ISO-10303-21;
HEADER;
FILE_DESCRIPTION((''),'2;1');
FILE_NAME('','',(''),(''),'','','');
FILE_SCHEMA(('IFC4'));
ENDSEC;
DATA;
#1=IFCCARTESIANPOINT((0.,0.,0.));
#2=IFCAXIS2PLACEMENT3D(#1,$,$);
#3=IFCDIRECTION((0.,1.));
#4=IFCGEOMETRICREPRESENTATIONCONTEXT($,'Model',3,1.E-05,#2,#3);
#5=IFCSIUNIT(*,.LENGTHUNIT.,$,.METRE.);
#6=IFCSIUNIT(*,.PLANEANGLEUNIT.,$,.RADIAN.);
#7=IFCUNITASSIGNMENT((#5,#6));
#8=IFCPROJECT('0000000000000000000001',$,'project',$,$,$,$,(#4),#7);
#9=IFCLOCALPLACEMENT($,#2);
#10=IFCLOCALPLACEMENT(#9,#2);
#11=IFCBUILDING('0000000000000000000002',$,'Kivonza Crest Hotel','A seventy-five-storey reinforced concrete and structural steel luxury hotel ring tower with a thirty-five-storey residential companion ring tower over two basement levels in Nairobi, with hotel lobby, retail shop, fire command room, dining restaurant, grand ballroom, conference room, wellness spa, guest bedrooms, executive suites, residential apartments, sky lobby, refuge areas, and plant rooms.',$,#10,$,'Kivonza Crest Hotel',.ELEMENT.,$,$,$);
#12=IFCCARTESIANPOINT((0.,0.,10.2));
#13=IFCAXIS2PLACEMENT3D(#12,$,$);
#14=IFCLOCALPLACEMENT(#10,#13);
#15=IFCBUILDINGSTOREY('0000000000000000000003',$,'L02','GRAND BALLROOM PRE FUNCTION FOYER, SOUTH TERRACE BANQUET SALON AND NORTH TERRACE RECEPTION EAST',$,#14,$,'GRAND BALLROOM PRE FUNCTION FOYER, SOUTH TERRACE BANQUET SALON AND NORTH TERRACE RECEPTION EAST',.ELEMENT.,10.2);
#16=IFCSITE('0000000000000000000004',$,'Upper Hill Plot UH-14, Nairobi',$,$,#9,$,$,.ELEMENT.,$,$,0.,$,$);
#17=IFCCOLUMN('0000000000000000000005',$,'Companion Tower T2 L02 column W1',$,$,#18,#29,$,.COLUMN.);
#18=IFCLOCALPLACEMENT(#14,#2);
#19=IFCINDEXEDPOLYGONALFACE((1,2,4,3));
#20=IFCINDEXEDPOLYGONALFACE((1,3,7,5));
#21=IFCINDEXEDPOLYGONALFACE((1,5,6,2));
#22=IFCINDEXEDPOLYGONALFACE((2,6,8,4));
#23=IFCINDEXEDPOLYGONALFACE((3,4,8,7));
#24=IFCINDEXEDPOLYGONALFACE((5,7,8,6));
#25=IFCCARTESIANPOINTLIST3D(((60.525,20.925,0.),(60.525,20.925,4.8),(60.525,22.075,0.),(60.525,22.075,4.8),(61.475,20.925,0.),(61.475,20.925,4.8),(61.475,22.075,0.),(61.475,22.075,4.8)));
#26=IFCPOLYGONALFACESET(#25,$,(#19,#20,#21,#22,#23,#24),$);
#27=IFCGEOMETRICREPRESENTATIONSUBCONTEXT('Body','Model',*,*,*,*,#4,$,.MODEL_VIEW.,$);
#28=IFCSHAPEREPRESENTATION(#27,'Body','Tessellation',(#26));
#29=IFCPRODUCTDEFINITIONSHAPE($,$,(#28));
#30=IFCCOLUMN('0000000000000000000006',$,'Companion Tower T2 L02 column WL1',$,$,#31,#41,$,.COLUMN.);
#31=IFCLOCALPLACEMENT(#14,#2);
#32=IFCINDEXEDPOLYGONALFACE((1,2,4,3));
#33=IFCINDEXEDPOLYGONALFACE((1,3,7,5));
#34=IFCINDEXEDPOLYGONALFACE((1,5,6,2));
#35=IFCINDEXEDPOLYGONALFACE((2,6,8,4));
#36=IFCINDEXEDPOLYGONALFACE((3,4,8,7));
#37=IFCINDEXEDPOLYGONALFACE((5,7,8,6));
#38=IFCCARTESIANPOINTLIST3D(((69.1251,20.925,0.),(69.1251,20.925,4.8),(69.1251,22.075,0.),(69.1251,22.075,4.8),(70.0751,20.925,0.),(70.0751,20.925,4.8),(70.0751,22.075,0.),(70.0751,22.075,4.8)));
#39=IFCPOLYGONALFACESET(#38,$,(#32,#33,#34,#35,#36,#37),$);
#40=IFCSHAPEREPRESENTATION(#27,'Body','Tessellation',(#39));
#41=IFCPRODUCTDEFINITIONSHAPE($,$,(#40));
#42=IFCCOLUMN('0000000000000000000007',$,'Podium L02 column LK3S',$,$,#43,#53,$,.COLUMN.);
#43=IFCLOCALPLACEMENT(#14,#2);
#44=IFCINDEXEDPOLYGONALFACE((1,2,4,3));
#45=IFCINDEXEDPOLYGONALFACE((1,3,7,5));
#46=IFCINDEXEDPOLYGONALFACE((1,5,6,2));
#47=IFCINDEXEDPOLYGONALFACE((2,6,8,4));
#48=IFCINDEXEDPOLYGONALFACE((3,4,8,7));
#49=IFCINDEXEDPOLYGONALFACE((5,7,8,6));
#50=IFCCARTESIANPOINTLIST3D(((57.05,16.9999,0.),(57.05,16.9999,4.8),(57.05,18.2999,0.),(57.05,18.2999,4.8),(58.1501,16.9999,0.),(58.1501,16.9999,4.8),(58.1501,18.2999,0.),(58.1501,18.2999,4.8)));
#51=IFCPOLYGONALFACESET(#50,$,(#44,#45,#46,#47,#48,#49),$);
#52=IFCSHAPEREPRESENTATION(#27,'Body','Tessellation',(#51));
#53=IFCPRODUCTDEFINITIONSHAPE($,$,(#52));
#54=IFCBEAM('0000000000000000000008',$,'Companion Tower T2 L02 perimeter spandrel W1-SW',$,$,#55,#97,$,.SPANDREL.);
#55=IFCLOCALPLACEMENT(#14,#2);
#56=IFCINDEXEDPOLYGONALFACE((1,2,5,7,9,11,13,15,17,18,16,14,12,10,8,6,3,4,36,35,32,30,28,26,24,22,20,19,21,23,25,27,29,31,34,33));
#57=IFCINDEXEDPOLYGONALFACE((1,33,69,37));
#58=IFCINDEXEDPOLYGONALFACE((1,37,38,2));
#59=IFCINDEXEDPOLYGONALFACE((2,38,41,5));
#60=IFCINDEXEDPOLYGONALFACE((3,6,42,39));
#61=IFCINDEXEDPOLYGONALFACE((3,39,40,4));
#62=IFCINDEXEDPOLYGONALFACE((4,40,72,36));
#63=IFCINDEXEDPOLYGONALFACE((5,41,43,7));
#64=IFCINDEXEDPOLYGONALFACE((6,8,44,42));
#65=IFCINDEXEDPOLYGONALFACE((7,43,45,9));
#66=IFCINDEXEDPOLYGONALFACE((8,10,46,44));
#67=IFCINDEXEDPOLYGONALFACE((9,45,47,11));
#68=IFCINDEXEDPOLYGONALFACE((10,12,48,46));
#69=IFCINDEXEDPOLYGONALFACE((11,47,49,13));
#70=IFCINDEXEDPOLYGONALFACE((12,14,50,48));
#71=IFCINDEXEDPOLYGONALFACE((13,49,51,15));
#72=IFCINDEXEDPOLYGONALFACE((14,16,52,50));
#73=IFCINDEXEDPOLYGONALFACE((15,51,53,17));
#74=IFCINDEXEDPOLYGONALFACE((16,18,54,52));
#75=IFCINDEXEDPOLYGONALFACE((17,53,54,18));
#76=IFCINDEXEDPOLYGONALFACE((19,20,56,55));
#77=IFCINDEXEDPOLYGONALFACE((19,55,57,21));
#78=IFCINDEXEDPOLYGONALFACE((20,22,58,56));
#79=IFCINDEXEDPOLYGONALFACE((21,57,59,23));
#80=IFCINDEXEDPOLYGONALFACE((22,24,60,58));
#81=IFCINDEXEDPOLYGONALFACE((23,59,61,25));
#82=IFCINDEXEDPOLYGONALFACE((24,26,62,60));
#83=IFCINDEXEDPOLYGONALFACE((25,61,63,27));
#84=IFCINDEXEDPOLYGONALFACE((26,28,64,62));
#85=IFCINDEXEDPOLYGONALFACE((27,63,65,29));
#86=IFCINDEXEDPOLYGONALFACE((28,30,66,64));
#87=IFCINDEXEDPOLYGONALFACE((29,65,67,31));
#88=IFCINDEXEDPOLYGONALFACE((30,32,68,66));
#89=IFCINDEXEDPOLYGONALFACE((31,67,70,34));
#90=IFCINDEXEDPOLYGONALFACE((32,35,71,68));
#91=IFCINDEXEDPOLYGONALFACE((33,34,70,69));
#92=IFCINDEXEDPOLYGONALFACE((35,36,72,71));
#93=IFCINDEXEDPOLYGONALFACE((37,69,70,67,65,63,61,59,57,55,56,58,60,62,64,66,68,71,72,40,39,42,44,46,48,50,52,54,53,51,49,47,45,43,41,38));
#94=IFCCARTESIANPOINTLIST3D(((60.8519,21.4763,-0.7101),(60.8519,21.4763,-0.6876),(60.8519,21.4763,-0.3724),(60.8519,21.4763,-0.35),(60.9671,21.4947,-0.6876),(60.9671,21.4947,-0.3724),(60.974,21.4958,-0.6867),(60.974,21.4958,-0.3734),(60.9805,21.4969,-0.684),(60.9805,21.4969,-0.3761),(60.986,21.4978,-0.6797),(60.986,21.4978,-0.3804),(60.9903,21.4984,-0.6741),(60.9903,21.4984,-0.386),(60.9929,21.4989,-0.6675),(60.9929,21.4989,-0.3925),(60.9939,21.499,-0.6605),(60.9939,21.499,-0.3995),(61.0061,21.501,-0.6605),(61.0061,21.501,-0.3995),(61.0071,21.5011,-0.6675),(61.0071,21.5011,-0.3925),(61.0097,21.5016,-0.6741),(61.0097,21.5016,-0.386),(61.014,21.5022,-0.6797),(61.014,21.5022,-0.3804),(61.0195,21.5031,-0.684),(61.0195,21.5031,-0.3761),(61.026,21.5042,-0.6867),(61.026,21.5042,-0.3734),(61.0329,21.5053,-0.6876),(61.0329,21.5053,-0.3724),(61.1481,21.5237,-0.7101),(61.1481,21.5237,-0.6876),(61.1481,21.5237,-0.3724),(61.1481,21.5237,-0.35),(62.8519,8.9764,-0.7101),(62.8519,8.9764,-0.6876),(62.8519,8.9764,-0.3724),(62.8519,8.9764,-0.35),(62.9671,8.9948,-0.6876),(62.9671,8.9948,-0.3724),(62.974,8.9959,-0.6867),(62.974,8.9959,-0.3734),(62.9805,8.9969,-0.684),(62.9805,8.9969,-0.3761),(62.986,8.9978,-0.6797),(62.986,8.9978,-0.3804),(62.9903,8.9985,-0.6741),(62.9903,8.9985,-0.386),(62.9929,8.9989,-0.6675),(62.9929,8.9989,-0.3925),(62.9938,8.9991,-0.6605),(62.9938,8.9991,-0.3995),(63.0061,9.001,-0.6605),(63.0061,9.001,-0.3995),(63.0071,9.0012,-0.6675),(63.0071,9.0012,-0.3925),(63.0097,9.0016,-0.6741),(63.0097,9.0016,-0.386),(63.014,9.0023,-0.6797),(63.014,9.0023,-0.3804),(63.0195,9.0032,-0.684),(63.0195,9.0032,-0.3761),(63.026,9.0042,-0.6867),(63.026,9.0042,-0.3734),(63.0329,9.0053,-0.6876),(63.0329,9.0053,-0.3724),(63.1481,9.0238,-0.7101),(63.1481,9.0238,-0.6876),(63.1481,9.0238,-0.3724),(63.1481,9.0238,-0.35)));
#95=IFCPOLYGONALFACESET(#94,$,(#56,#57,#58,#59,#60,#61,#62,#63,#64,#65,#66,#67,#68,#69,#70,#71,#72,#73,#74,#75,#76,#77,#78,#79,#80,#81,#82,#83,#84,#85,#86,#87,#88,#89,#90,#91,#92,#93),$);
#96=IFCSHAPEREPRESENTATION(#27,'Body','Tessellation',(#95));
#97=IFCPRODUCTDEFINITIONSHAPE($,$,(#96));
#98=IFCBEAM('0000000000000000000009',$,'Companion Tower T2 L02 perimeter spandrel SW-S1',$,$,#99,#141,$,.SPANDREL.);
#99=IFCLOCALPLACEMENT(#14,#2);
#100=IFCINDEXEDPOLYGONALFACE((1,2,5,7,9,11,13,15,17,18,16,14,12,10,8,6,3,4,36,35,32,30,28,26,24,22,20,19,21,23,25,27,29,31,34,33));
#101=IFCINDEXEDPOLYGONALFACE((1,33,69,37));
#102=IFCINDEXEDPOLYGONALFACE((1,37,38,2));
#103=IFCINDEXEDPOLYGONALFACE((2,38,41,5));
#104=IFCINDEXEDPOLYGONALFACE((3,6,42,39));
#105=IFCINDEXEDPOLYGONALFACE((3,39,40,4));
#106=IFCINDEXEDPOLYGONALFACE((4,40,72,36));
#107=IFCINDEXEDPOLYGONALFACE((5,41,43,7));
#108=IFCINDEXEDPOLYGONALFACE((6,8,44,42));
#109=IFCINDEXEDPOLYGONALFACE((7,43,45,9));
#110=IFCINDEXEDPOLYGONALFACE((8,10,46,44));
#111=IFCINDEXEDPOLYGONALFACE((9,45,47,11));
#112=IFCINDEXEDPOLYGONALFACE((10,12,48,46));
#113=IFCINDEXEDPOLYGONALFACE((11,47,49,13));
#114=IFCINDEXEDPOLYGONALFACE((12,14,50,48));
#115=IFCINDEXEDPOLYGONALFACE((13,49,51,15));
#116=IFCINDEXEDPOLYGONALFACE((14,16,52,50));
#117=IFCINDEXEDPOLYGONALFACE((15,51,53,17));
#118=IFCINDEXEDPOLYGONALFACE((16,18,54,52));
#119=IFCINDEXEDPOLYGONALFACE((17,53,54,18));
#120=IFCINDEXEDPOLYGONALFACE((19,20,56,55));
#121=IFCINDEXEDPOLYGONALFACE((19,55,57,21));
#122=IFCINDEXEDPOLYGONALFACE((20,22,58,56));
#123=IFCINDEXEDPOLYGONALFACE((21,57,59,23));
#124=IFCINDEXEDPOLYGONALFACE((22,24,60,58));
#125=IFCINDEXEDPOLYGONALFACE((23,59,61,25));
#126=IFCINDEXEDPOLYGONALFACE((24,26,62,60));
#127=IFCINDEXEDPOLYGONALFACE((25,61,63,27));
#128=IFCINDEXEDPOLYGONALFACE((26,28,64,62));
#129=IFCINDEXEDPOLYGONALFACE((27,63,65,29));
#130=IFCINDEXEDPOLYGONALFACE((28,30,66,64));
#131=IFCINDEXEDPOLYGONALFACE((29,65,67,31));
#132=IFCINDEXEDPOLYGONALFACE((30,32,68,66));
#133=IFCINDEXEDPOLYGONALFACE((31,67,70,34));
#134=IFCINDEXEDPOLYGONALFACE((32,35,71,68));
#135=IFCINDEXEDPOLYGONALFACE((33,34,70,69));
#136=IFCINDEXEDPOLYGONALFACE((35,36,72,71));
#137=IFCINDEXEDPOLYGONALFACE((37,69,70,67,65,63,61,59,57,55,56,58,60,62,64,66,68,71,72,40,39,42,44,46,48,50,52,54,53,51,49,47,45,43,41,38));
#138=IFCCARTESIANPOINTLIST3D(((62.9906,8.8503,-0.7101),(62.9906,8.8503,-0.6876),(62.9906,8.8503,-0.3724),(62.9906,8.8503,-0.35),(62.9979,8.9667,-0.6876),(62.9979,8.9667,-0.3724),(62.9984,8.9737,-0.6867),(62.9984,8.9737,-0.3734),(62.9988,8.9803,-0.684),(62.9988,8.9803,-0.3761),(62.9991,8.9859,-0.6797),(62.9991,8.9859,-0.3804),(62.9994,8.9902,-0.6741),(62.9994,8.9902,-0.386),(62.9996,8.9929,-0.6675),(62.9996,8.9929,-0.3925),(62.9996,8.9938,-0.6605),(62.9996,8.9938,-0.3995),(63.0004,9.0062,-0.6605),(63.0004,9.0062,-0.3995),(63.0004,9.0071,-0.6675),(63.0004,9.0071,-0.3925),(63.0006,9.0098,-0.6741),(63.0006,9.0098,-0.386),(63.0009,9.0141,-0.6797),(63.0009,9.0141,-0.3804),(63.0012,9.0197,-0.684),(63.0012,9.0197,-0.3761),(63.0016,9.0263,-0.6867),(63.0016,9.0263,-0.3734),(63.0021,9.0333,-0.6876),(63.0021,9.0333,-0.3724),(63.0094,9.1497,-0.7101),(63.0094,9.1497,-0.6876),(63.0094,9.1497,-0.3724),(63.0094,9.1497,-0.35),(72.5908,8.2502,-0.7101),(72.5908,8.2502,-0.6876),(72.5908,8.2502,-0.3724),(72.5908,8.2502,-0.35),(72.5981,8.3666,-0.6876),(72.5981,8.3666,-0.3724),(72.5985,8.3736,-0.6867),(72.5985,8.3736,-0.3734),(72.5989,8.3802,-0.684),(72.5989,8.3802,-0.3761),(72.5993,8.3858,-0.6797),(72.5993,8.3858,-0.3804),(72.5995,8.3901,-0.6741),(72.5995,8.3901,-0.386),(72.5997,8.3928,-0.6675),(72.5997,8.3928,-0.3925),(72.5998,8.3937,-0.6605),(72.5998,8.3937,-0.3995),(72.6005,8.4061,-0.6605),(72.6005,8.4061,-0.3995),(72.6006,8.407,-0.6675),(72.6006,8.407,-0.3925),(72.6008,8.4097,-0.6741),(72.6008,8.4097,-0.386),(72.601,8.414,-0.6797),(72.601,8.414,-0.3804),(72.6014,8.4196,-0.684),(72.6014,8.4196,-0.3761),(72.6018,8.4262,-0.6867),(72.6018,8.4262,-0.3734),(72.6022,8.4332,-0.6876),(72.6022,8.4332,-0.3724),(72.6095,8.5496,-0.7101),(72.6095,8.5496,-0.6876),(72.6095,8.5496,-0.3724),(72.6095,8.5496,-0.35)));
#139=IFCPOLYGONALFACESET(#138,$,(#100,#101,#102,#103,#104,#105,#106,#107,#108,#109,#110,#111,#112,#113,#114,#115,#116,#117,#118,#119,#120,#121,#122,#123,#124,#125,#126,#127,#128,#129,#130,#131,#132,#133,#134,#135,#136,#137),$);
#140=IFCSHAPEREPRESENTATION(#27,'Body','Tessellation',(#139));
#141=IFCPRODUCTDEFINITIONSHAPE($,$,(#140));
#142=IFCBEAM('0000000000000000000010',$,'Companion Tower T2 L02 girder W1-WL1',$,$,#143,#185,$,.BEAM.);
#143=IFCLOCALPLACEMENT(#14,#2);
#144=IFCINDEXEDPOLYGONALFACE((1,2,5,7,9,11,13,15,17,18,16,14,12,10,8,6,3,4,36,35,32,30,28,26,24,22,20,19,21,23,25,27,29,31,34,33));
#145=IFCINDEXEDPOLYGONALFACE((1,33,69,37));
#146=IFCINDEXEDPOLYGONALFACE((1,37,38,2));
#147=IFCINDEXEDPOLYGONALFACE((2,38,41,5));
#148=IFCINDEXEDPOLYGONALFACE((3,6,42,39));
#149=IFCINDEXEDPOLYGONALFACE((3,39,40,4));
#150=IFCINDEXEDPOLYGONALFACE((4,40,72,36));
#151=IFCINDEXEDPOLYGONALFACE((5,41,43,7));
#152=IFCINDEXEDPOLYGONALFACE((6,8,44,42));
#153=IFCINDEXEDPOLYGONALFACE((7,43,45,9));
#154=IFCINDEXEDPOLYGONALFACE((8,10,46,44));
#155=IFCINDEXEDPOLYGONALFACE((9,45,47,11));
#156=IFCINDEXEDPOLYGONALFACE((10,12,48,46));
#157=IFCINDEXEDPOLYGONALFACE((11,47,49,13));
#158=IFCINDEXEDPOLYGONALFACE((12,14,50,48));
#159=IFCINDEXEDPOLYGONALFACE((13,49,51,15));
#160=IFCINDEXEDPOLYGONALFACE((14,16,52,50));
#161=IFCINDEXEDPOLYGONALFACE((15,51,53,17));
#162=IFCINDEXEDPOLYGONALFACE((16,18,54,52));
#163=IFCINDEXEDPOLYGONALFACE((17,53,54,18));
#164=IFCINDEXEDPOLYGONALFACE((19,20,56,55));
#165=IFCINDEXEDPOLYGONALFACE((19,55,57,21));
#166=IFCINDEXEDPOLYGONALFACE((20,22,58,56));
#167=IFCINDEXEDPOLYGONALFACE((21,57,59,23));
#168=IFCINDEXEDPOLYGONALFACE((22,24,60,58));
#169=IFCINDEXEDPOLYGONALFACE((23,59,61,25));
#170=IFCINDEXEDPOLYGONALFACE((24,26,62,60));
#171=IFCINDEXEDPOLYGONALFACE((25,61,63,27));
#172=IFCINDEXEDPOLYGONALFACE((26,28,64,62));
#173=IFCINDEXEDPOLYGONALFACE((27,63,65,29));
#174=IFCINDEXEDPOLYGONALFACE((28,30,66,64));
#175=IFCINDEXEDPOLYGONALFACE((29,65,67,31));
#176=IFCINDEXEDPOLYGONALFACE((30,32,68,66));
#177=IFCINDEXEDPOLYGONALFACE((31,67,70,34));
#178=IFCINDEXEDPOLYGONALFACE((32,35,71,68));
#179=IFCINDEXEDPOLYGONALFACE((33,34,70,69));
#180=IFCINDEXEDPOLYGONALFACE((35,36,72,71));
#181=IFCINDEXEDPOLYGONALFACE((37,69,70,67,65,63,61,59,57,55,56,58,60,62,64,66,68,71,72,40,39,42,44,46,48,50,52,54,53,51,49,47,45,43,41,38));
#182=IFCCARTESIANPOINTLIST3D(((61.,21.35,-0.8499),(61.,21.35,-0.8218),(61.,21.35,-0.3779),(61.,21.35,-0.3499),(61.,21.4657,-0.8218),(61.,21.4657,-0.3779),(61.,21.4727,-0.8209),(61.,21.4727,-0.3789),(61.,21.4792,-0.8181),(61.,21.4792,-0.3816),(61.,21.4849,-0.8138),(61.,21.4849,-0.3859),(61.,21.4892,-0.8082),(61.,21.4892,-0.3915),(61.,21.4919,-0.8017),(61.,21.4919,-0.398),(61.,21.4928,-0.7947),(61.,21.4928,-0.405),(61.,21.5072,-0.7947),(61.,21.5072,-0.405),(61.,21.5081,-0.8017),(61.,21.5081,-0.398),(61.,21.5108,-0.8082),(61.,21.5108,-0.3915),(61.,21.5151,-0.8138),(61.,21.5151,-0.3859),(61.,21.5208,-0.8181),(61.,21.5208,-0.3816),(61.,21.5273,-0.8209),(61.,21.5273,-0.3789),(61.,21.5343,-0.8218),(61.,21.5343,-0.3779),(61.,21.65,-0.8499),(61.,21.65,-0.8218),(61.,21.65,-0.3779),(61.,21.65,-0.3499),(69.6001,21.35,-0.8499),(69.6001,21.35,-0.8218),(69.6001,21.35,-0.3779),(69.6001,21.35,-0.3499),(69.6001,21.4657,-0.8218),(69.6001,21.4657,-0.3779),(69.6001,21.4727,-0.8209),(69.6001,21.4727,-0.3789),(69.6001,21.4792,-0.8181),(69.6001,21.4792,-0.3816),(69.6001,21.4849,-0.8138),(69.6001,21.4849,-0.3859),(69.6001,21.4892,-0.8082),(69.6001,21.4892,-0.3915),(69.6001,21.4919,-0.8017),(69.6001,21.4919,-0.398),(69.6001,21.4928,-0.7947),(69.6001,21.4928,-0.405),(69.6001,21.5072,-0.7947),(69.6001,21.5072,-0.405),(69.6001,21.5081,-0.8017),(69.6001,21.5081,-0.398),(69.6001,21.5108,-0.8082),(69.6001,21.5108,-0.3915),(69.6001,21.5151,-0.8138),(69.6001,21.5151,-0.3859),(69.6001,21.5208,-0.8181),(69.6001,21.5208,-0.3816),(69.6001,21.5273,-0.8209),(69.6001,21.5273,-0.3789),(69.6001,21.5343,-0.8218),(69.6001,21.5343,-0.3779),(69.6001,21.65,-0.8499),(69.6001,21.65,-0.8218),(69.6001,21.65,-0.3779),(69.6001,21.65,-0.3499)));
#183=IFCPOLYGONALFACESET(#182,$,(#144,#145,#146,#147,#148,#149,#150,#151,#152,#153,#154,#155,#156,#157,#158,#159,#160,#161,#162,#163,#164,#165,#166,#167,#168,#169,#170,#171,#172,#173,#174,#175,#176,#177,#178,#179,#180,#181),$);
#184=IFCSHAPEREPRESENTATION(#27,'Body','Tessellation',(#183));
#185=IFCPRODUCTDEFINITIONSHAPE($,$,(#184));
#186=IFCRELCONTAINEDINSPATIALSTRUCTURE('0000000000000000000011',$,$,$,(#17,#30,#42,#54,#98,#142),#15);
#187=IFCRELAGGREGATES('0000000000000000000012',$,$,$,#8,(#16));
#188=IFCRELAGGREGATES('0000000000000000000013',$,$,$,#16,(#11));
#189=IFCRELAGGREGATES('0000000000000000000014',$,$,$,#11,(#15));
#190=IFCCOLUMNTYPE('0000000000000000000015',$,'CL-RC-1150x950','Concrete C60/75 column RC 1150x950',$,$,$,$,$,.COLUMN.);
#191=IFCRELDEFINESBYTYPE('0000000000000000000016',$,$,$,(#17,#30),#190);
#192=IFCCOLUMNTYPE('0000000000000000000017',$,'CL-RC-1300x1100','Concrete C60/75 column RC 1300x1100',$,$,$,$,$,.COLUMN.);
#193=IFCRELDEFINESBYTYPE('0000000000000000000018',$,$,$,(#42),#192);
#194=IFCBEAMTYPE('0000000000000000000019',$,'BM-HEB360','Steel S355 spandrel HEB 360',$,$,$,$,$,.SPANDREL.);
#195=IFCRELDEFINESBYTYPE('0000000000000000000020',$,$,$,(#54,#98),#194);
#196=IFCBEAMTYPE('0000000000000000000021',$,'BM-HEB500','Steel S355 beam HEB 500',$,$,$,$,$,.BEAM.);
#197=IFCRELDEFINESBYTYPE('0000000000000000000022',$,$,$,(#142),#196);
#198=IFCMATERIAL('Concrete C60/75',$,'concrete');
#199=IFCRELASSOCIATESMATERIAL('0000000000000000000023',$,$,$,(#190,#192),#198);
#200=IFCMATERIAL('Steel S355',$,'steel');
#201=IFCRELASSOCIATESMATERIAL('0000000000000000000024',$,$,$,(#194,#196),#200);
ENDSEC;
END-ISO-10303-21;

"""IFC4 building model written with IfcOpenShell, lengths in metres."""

from ifc_helpers import new_model, si_unit, direction, frame, origin, origin_2d, place, context, subcontext, project, spatial, rectangle, i_section, extrude, material, material_profile, profile_set, type_object, element, save


model = new_model("IFC4")

# Units and contexts
model_context = context("Model", 3, precision=1e-05, world=origin(), true_north=direction((0.0, 1.0)))
body_context = subcontext(model_context, "Body", "Model", "MODEL_VIEW")
ifc_project = project(units=[si_unit("LENGTHUNIT", "METRE"), si_unit("PLANEANGLEUNIT", "RADIAN")], contexts=[model_context])

# Site, building, storey
site_placement = place(None, origin())
site = spatial("IfcSite", under=ifc_project, at=site_placement, Name="Upper Hill Plot UH-14, Nairobi", CompositionType="ELEMENT", RefElevation=0.0)
building_placement = place(site_placement, origin())
building = spatial("IfcBuilding", under=site, at=building_placement, Name="Kivonza Crest Hotel", Description="A seventy-five-storey reinforced concrete and structural steel luxury hotel ring tower with a thirty-five-storey residential companion ring tower over two basement levels in Nairobi, with hotel lobby, retail shop, fire command room, dining restaurant, grand ballroom, conference room, wellness spa, guest bedrooms, executive suites, residential apartments, sky lobby, refuge areas, and plant rooms.", LongName="Kivonza Crest Hotel", CompositionType="ELEMENT")
storey_placement = place(building_placement, frame((0.0, 0.0, 10.2)))
storey = spatial("IfcBuildingStorey", under=building, at=storey_placement, Name="L02", Description="GRAND BALLROOM PRE FUNCTION FOYER, SOUTH TERRACE BANQUET SALON AND NORTH TERRACE RECEPTION EAST", LongName="GRAND BALLROOM PRE FUNCTION FOYER, SOUTH TERRACE BANQUET SALON AND NORTH TERRACE RECEPTION EAST", CompositionType="ELEMENT", Elevation=10.2)

# Columns
ifc_material_1 = material(Name="Concrete C60/75", Category="concrete")
ifc_material_profile_1 = material_profile(ifc_material_1, rectangle(XDim=0.95, YDim=1.1499, at=origin_2d()), Name="RC 1150x950")
ifc_profile_set_1 = profile_set([ifc_material_profile_1], Name="Concrete C60/75")
column_type_1 = type_object("IfcColumnType", Name="CL-RC-1150x950", Description="Concrete C60/75 column RC 1150x950", PredefinedType="COLUMN", material=ifc_profile_set_1)
for number, where, z_axis, x_axis, name in (
    (1, (61.0, 21.5, 0.0), (0.0, 0.0, 1.0), (1.0, 0.0, 0.0), "Companion Tower T2 L02 column W1"),
    (2, (69.6001, 21.5, 0.0), (0.0, 0.0, 1.0), (1.0, 0.0, 0.0), "Companion Tower T2 L02 column WL1"),
):
    element("IfcColumn", number, at=place(storey_placement, frame(where, z_axis=z_axis, x_axis=x_axis)), inside=storey, type_object=column_type_1, Name=name, PredefinedType="COLUMN", context=body_context, shape_type="SweptSolid", body=[
        extrude(rectangle(XDim=0.95, YDim=1.1499, at=origin_2d()), origin(), (0.0, 0.0, 1.0), 4.8),
    ])
ifc_material_profile_2 = material_profile(ifc_material_1, rectangle(XDim=1.1001, YDim=1.3, at=origin_2d()), Name="RC 1300x1100")
ifc_profile_set_2 = profile_set([ifc_material_profile_2], Name="Concrete C60/75")
column_type_2 = type_object("IfcColumnType", Name="CL-RC-1300x1100", Description="Concrete C60/75 column RC 1300x1100", PredefinedType="COLUMN", material=ifc_profile_set_2)
column_placement = place(storey_placement, frame((57.6001, 17.6499, 0.0), z_axis=(0.0, 0.0, 1.0), x_axis=(1.0, 0.0, 0.0)))
element("IfcColumn", 3, at=column_placement, inside=storey, type_object=column_type_2, Name="Podium L02 column LK3S", PredefinedType="COLUMN", context=body_context, shape_type="SweptSolid", body=[
    extrude(rectangle(XDim=1.1001, YDim=1.3, at=origin_2d()), origin(), (0.0, 0.0, 1.0), 4.8),
])

# Beams
ifc_material_2 = material(Name="Steel S355", Category="steel")
ifc_material_profile_3 = material_profile(ifc_material_2, i_section(OverallWidth=0.3, OverallDepth=0.3601, WebThickness=0.0125, FlangeThickness=0.0225, FilletRadius=0.0271, at=origin_2d()), Name="HEB 360")
ifc_profile_set_3 = profile_set([ifc_material_profile_3], Name="Steel S355")
beam_type_1 = type_object("IfcBeamType", Name="BM-HEB360", Description="Steel S355 spandrel HEB 360", PredefinedType="SPANDREL", material=ifc_profile_set_3)
beam_1_placement = place(storey_placement, frame((61.0, 21.5, -0.53), z_axis=(0.157991, -0.987441, 0.0), x_axis=(0.987441, 0.157991, 0.0)))
element("IfcBeam", 4, at=beam_1_placement, inside=storey, type_object=beam_type_1, Name="Companion Tower T2 L02 perimeter spandrel W1-SW", PredefinedType="SPANDREL", context=body_context, shape_type="SweptSolid", body=[
    extrude(i_section(OverallWidth=0.3, OverallDepth=0.3601, WebThickness=0.0125, FlangeThickness=0.0225, FilletRadius=0.0271, at=origin_2d()), origin(), (0.0, 0.0, 1.0), 12.6589),
])
beam_2_placement = place(storey_placement, frame((63.0, 9.0, -0.53), z_axis=(0.998052, -0.062388, 0.0), x_axis=(0.062388, 0.998052, 0.0)))
element("IfcBeam", 5, at=beam_2_placement, inside=storey, type_object=beam_type_1, Name="Companion Tower T2 L02 perimeter spandrel SW-S1", PredefinedType="SPANDREL", context=body_context, shape_type="SweptSolid", body=[
    extrude(i_section(OverallWidth=0.3, OverallDepth=0.3601, WebThickness=0.0125, FlangeThickness=0.0225, FilletRadius=0.0271, at=origin_2d()), origin(), (0.0, 0.0, 1.0), 9.6189),
])
ifc_material_profile_4 = material_profile(ifc_material_2, i_section(OverallWidth=0.3, OverallDepth=0.5, WebThickness=0.0144, FlangeThickness=0.0281, FilletRadius=0.0271, at=origin_2d()), Name="HEB 500")
ifc_profile_set_4 = profile_set([ifc_material_profile_4], Name="Steel S355")
beam_type_2 = type_object("IfcBeamType", Name="BM-HEB500", Description="Steel S355 beam HEB 500", PredefinedType="BEAM", material=ifc_profile_set_4)
beam_3_placement = place(storey_placement, frame((61.0, 21.5, -0.5999), z_axis=(1.0, 0.0, 0.0), x_axis=(0.0, 1.0, 0.0)))
element("IfcBeam", 6, at=beam_3_placement, inside=storey, type_object=beam_type_2, Name="Companion Tower T2 L02 girder W1-WL1", PredefinedType="BEAM", context=body_context, shape_type="SweptSolid", body=[
    extrude(i_section(OverallWidth=0.3, OverallDepth=0.5, WebThickness=0.0144, FlangeThickness=0.0281, FilletRadius=0.0271, at=origin_2d()), origin(), (0.0, 0.0, 1.0), 8.6001),
])

save(model, "model.ifc")
